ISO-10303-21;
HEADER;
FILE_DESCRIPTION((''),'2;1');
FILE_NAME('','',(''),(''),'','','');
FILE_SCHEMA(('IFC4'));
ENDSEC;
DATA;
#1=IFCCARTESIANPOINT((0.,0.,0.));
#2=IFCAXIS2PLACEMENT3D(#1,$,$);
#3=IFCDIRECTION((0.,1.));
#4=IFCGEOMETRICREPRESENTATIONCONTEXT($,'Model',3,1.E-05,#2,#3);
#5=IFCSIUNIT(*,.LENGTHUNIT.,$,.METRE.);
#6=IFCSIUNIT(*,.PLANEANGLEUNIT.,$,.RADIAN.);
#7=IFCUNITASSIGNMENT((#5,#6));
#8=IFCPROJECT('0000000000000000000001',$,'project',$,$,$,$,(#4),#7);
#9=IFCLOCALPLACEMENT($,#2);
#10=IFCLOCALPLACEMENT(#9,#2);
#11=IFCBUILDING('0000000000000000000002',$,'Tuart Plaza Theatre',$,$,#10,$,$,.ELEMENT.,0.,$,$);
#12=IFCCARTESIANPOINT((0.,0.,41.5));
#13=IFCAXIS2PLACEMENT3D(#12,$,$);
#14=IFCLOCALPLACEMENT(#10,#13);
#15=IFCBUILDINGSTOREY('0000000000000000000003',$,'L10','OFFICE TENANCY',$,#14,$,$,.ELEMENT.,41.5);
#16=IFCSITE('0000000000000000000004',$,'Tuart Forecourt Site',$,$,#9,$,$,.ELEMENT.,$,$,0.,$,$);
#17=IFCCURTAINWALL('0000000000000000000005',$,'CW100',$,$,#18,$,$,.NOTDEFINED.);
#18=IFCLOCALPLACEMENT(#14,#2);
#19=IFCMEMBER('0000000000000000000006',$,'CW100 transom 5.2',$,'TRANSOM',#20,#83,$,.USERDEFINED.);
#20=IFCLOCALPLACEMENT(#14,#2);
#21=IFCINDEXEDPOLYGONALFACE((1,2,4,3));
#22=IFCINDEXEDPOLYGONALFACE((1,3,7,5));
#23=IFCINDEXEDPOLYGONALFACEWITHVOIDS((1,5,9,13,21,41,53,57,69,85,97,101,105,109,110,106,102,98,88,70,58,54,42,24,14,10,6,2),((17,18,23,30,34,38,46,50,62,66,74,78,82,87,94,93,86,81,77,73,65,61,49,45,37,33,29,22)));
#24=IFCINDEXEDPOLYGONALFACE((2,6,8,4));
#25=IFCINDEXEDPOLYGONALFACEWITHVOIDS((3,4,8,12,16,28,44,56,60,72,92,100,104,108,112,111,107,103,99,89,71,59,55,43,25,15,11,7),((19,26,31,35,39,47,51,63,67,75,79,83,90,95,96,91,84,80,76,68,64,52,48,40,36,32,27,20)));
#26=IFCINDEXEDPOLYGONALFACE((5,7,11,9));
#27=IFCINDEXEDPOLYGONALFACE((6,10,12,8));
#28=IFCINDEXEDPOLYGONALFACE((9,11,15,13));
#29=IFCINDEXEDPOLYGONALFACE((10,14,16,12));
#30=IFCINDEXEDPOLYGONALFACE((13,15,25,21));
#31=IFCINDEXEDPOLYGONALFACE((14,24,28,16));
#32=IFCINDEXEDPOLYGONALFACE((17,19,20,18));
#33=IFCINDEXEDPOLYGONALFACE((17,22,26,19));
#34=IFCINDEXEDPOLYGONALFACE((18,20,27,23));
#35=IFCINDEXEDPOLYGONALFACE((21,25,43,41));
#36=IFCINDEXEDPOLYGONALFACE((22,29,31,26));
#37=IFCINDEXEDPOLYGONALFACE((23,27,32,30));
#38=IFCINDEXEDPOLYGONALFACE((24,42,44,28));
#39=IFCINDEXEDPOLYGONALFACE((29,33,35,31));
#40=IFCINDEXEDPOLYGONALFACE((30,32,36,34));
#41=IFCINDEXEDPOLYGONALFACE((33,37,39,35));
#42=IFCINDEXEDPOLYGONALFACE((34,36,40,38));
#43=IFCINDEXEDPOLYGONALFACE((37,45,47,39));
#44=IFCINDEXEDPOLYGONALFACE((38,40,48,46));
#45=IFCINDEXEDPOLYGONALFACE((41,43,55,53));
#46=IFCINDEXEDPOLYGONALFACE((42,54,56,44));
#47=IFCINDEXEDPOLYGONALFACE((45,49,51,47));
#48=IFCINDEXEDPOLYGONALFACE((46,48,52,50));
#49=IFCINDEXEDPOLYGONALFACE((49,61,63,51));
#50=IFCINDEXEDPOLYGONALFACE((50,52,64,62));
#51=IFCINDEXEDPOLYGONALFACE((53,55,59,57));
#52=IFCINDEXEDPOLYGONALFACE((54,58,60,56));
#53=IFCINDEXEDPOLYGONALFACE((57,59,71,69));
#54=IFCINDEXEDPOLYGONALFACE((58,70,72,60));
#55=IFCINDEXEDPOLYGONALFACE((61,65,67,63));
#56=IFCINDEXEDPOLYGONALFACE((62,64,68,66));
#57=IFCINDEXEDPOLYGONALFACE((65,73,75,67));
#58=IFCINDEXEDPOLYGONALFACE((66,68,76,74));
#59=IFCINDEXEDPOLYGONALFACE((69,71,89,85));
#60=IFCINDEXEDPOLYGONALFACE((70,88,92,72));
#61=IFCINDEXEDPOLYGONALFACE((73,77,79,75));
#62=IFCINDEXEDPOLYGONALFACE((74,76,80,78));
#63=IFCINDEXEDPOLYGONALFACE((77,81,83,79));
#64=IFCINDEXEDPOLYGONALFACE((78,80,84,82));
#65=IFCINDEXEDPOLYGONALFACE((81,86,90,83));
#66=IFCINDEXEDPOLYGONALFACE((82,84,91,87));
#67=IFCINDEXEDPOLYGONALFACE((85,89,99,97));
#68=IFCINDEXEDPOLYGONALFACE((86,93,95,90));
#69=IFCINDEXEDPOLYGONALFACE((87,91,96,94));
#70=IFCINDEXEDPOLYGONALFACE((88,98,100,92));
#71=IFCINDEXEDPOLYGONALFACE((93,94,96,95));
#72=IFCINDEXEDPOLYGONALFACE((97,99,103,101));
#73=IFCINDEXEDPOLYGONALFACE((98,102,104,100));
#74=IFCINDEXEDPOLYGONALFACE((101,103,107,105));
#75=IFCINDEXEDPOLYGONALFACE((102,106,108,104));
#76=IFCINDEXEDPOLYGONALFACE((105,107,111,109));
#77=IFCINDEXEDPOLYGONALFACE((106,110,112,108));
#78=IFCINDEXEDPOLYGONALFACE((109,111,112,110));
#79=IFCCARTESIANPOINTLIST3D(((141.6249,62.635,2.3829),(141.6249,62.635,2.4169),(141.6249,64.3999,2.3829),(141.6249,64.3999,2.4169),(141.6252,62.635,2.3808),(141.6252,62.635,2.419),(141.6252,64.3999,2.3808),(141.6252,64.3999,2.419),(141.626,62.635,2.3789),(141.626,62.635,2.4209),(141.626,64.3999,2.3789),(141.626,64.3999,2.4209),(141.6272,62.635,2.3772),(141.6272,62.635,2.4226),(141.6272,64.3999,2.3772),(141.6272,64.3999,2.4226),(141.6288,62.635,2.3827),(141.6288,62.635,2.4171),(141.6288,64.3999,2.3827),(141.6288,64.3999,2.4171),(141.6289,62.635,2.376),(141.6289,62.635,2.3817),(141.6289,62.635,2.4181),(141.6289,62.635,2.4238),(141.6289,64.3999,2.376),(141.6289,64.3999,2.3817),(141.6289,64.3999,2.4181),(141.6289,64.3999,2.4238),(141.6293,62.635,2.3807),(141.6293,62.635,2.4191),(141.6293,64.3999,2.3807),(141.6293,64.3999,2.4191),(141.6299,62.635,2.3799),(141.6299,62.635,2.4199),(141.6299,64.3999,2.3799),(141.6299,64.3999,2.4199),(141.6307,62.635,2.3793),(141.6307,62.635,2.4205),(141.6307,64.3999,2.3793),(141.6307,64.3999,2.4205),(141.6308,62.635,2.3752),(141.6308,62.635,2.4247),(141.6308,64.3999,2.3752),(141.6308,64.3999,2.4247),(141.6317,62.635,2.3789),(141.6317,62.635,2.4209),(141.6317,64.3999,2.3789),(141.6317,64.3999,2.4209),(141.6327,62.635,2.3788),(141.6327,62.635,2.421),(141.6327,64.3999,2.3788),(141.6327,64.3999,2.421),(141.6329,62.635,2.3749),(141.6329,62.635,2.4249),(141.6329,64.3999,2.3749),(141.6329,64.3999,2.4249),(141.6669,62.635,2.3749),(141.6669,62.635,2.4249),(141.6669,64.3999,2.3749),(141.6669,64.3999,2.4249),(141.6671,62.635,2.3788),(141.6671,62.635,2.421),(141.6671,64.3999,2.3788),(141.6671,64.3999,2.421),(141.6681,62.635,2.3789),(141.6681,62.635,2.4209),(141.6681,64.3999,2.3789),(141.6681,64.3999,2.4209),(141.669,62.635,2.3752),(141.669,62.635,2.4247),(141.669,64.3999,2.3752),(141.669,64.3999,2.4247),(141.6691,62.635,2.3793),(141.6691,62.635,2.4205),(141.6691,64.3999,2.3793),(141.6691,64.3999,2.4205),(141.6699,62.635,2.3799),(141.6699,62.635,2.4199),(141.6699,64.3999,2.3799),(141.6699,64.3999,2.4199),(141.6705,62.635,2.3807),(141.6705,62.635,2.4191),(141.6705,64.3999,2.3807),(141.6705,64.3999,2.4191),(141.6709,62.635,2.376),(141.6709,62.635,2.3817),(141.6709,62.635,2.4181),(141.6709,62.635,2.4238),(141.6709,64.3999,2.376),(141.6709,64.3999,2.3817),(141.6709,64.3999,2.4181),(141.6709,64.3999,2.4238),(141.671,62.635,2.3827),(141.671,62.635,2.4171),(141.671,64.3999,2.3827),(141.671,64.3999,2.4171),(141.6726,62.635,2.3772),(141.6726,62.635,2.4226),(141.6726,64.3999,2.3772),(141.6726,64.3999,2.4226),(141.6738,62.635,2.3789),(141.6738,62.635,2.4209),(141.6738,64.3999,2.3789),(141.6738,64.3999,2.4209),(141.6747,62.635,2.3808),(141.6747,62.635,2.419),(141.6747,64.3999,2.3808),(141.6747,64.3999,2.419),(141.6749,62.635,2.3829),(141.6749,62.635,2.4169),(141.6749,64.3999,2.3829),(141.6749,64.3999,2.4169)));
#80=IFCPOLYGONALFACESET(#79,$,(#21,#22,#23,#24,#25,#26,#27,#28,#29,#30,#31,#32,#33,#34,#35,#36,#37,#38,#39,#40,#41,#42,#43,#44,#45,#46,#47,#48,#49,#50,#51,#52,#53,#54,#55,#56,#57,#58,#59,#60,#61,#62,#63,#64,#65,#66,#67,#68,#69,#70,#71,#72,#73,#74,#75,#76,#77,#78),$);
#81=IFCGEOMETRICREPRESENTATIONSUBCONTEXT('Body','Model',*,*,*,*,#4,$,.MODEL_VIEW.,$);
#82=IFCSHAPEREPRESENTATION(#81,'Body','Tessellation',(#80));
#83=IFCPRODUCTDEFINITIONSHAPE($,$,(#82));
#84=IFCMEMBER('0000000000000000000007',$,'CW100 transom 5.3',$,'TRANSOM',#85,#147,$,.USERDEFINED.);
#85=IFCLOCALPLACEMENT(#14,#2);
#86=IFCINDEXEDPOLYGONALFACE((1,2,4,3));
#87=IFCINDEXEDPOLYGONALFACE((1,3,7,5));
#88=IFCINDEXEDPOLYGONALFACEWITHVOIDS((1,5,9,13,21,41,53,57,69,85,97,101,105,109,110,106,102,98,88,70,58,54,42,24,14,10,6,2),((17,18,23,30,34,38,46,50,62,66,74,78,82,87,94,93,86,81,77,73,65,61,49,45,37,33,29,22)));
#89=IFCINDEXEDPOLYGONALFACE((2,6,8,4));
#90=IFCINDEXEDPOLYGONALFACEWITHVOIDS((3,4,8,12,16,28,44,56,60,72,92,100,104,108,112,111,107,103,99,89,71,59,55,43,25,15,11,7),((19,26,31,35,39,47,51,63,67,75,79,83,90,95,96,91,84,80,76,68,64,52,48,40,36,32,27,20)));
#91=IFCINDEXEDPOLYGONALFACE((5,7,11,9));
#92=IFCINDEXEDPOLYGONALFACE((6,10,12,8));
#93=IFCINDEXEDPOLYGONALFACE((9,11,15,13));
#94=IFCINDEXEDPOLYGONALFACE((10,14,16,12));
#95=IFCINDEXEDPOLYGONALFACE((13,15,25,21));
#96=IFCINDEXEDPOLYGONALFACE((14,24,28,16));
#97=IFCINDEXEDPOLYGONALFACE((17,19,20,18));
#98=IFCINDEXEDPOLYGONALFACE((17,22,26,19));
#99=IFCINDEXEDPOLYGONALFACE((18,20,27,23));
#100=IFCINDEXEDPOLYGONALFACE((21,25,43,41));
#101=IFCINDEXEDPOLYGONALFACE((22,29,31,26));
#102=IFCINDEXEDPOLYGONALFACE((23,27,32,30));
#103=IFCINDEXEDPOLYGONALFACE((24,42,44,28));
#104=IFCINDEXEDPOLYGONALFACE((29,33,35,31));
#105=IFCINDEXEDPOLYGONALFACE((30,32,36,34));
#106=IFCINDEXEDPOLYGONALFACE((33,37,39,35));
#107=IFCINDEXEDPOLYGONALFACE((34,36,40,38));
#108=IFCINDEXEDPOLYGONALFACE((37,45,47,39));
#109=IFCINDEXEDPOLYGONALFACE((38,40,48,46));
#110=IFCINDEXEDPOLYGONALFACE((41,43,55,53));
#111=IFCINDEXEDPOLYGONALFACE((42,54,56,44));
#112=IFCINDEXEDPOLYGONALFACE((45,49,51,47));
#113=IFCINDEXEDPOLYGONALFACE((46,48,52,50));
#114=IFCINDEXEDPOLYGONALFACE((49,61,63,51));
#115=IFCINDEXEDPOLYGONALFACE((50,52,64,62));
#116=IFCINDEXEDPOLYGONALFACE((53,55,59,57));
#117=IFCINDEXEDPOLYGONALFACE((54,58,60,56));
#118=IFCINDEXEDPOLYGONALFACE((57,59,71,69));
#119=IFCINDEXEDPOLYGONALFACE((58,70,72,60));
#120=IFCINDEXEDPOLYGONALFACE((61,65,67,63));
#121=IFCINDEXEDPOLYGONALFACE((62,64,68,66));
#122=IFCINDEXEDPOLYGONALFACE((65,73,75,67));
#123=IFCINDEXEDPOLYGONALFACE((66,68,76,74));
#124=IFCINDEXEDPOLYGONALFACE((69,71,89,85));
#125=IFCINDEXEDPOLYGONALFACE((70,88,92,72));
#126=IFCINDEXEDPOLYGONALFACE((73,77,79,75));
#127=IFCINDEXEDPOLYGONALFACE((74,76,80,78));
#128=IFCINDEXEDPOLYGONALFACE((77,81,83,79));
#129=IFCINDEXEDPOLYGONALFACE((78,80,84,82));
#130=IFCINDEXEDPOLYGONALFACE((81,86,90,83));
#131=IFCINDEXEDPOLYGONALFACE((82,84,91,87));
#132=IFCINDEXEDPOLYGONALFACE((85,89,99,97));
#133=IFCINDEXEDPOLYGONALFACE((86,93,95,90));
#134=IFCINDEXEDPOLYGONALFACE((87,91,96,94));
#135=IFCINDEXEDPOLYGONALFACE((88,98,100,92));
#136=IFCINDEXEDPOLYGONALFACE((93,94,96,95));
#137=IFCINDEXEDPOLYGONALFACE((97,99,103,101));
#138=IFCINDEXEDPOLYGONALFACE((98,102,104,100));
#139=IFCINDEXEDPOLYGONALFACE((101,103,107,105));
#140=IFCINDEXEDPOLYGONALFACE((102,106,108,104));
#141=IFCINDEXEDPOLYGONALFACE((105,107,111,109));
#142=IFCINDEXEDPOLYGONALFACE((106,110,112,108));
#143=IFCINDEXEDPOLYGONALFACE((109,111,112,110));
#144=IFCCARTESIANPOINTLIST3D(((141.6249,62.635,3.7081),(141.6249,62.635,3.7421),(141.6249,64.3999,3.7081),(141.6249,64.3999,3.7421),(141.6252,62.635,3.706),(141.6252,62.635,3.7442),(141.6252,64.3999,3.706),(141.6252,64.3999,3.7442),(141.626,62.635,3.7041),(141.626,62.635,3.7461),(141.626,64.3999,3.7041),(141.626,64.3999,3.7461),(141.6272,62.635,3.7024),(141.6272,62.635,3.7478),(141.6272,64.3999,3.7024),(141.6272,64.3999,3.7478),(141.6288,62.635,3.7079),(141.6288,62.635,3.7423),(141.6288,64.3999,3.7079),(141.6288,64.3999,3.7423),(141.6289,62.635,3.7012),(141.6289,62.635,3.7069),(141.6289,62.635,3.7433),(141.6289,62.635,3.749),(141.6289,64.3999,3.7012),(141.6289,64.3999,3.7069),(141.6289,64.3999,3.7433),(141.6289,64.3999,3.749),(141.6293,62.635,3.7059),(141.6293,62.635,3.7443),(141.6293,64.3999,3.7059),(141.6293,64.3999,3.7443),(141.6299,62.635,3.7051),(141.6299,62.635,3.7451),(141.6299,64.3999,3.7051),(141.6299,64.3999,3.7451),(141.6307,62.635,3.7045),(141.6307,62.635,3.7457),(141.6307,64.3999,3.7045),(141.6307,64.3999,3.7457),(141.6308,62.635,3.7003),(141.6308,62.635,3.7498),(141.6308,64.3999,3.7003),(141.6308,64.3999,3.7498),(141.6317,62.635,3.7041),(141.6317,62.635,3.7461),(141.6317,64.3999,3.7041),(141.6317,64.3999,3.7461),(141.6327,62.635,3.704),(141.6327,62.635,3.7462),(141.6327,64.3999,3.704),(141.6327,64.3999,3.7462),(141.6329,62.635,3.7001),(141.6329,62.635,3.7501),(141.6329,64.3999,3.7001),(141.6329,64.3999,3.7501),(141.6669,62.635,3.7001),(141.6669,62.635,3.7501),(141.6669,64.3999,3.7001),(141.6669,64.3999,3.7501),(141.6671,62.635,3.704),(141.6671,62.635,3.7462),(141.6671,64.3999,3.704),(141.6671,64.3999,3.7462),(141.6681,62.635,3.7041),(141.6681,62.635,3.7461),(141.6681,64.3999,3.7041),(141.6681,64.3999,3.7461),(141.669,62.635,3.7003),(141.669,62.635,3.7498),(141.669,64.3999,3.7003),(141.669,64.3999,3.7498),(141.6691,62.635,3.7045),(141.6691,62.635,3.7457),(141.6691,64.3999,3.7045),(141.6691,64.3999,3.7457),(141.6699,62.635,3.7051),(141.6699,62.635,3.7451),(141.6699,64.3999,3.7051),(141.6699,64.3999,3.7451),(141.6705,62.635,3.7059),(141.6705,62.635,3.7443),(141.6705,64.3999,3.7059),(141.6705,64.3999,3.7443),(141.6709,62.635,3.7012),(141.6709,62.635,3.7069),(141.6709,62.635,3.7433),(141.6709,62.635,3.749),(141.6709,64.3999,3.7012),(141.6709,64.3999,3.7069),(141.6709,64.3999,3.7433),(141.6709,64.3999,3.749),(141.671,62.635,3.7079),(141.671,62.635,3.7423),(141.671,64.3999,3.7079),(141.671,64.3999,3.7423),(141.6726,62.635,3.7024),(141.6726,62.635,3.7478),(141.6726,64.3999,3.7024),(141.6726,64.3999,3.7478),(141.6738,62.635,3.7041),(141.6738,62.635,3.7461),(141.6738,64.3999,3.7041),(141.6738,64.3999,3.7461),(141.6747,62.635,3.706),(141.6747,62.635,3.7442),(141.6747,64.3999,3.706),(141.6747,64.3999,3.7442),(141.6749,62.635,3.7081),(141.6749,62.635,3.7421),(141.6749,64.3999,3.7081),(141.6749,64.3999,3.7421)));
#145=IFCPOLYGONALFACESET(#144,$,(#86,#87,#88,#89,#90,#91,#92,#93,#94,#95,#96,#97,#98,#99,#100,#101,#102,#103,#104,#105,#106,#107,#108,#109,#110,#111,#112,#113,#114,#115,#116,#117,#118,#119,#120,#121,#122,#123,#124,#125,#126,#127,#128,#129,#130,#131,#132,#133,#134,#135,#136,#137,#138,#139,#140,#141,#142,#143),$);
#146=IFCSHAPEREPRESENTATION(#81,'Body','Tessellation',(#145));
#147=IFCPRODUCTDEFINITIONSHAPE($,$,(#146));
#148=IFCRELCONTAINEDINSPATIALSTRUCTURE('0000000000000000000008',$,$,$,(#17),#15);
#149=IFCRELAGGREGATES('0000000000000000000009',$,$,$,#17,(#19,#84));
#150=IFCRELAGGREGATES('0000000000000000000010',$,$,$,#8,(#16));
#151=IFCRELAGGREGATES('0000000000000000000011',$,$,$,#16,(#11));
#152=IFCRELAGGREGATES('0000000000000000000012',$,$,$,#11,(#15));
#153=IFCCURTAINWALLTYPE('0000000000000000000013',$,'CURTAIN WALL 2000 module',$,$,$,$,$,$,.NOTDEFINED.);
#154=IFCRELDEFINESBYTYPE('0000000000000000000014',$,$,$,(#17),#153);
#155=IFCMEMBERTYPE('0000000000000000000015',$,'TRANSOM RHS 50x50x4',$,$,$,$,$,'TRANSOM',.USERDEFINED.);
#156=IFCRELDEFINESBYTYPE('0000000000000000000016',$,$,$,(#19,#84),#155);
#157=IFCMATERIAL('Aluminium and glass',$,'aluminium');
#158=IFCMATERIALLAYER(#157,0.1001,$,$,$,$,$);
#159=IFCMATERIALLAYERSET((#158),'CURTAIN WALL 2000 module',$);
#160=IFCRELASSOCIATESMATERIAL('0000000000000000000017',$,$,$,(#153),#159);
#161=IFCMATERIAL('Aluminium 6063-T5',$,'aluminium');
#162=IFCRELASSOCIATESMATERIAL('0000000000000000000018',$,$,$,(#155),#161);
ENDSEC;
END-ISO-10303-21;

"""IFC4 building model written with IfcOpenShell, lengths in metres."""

from ifc_helpers import new_model, si_unit, direction, frame, origin, origin_2d, place, context, subcontext, project, spatial, hollow_rectangle, extrude, material, layer, layer_set, material_profile, profile_set, type_object, element, aggregate, save


model = new_model("IFC4")

# Units and contexts
model_context = context("Model", 3, precision=1e-05, world=origin(), true_north=direction((0.0, 1.0)))
body_context = subcontext(model_context, "Body", "Model", "MODEL_VIEW")
ifc_project = project(units=[si_unit("LENGTHUNIT", "METRE"), si_unit("PLANEANGLEUNIT", "RADIAN")], contexts=[model_context])

# Site, building, storey
site_placement = place(None, origin())
site = spatial("IfcSite", under=ifc_project, at=site_placement, Name="Tuart Forecourt Site", CompositionType="ELEMENT", RefElevation=0.0)
building_placement = place(site_placement, origin())
building = spatial("IfcBuilding", under=site, at=building_placement, Name="Tuart Plaza Theatre", CompositionType="ELEMENT", ElevationOfRefHeight=0.0)
storey_placement = place(building_placement, frame((0.0, 0.0, 41.5)))
storey = spatial("IfcBuildingStorey", under=building, at=storey_placement, Name="L10", Description="OFFICE TENANCY", CompositionType="ELEMENT", Elevation=41.5)

# Curtain wall
ifc_material_1 = material(Name="Aluminium and glass", Category="aluminium")
ifc_layer_1 = layer(ifc_material_1, 0.1001)
ifc_layer_set_1 = layer_set([ifc_layer_1], Name="CURTAIN WALL 2000 module")
curtain_wall_type = type_object("IfcCurtainWallType", Name="CURTAIN WALL 2000 module", PredefinedType="NOTDEFINED", material=ifc_layer_set_1)
curtain_wall_1_placement = place(storey_placement, origin())
curtain_wall_1 = element("IfcCurtainWall", 1, at=curtain_wall_1_placement, inside=storey, type_object=curtain_wall_type, Name="CW100", PredefinedType="NOTDEFINED")

# Members
ifc_material_2 = material(Name="Aluminium 6063-T5", Category="aluminium")
ifc_material_profile_1 = material_profile(ifc_material_2, hollow_rectangle(XDim=0.05, YDim=0.05, WallThickness=0.0039, InnerFilletRadius=0.0039, OuterFilletRadius=0.0081, at=origin_2d()), Name="RHS 50x50x4")
ifc_profile_set_1 = profile_set([ifc_material_profile_1], Name="Aluminium 6063-T5")
member_type_1 = type_object("IfcMemberType", Name="TRANSOM RHS 50x50x4", ElementType="TRANSOM", PredefinedType="USERDEFINED", material=ifc_profile_set_1)
member_1_placement = place(storey_placement, frame((141.6499, 62.635, 2.3999), z_axis=(0.0, 1.0, 0.0), x_axis=(-1.0, 0.0, 0.0)))
member_1 = element("IfcMember", 2, at=member_1_placement, type_object=member_type_1, Name="CW100 transom 5.2", ObjectType="TRANSOM", PredefinedType="USERDEFINED", context=body_context, shape_type="SweptSolid", body=[
    extrude(hollow_rectangle(XDim=0.05, YDim=0.05, WallThickness=0.0039, InnerFilletRadius=0.0039, OuterFilletRadius=0.0081, at=origin_2d()), origin(), (0.0, 0.0, 1.0), 1.7649),
])
member_2_placement = place(storey_placement, frame((141.6499, 62.635, 3.7251), z_axis=(0.0, 1.0, 0.0), x_axis=(-1.0, 0.0, 0.0)))
member_2 = element("IfcMember", 3, at=member_2_placement, type_object=member_type_1, Name="CW100 transom 5.3", ObjectType="TRANSOM", PredefinedType="USERDEFINED", context=body_context, shape_type="SweptSolid", body=[
    extrude(hollow_rectangle(XDim=0.05, YDim=0.05, WallThickness=0.0039, InnerFilletRadius=0.0039, OuterFilletRadius=0.0081, at=origin_2d()), origin(), (0.0, 0.0, 1.0), 1.7649),
])

aggregate(curtain_wall_1, [member_1, member_2])

save(model, "model.ifc")
